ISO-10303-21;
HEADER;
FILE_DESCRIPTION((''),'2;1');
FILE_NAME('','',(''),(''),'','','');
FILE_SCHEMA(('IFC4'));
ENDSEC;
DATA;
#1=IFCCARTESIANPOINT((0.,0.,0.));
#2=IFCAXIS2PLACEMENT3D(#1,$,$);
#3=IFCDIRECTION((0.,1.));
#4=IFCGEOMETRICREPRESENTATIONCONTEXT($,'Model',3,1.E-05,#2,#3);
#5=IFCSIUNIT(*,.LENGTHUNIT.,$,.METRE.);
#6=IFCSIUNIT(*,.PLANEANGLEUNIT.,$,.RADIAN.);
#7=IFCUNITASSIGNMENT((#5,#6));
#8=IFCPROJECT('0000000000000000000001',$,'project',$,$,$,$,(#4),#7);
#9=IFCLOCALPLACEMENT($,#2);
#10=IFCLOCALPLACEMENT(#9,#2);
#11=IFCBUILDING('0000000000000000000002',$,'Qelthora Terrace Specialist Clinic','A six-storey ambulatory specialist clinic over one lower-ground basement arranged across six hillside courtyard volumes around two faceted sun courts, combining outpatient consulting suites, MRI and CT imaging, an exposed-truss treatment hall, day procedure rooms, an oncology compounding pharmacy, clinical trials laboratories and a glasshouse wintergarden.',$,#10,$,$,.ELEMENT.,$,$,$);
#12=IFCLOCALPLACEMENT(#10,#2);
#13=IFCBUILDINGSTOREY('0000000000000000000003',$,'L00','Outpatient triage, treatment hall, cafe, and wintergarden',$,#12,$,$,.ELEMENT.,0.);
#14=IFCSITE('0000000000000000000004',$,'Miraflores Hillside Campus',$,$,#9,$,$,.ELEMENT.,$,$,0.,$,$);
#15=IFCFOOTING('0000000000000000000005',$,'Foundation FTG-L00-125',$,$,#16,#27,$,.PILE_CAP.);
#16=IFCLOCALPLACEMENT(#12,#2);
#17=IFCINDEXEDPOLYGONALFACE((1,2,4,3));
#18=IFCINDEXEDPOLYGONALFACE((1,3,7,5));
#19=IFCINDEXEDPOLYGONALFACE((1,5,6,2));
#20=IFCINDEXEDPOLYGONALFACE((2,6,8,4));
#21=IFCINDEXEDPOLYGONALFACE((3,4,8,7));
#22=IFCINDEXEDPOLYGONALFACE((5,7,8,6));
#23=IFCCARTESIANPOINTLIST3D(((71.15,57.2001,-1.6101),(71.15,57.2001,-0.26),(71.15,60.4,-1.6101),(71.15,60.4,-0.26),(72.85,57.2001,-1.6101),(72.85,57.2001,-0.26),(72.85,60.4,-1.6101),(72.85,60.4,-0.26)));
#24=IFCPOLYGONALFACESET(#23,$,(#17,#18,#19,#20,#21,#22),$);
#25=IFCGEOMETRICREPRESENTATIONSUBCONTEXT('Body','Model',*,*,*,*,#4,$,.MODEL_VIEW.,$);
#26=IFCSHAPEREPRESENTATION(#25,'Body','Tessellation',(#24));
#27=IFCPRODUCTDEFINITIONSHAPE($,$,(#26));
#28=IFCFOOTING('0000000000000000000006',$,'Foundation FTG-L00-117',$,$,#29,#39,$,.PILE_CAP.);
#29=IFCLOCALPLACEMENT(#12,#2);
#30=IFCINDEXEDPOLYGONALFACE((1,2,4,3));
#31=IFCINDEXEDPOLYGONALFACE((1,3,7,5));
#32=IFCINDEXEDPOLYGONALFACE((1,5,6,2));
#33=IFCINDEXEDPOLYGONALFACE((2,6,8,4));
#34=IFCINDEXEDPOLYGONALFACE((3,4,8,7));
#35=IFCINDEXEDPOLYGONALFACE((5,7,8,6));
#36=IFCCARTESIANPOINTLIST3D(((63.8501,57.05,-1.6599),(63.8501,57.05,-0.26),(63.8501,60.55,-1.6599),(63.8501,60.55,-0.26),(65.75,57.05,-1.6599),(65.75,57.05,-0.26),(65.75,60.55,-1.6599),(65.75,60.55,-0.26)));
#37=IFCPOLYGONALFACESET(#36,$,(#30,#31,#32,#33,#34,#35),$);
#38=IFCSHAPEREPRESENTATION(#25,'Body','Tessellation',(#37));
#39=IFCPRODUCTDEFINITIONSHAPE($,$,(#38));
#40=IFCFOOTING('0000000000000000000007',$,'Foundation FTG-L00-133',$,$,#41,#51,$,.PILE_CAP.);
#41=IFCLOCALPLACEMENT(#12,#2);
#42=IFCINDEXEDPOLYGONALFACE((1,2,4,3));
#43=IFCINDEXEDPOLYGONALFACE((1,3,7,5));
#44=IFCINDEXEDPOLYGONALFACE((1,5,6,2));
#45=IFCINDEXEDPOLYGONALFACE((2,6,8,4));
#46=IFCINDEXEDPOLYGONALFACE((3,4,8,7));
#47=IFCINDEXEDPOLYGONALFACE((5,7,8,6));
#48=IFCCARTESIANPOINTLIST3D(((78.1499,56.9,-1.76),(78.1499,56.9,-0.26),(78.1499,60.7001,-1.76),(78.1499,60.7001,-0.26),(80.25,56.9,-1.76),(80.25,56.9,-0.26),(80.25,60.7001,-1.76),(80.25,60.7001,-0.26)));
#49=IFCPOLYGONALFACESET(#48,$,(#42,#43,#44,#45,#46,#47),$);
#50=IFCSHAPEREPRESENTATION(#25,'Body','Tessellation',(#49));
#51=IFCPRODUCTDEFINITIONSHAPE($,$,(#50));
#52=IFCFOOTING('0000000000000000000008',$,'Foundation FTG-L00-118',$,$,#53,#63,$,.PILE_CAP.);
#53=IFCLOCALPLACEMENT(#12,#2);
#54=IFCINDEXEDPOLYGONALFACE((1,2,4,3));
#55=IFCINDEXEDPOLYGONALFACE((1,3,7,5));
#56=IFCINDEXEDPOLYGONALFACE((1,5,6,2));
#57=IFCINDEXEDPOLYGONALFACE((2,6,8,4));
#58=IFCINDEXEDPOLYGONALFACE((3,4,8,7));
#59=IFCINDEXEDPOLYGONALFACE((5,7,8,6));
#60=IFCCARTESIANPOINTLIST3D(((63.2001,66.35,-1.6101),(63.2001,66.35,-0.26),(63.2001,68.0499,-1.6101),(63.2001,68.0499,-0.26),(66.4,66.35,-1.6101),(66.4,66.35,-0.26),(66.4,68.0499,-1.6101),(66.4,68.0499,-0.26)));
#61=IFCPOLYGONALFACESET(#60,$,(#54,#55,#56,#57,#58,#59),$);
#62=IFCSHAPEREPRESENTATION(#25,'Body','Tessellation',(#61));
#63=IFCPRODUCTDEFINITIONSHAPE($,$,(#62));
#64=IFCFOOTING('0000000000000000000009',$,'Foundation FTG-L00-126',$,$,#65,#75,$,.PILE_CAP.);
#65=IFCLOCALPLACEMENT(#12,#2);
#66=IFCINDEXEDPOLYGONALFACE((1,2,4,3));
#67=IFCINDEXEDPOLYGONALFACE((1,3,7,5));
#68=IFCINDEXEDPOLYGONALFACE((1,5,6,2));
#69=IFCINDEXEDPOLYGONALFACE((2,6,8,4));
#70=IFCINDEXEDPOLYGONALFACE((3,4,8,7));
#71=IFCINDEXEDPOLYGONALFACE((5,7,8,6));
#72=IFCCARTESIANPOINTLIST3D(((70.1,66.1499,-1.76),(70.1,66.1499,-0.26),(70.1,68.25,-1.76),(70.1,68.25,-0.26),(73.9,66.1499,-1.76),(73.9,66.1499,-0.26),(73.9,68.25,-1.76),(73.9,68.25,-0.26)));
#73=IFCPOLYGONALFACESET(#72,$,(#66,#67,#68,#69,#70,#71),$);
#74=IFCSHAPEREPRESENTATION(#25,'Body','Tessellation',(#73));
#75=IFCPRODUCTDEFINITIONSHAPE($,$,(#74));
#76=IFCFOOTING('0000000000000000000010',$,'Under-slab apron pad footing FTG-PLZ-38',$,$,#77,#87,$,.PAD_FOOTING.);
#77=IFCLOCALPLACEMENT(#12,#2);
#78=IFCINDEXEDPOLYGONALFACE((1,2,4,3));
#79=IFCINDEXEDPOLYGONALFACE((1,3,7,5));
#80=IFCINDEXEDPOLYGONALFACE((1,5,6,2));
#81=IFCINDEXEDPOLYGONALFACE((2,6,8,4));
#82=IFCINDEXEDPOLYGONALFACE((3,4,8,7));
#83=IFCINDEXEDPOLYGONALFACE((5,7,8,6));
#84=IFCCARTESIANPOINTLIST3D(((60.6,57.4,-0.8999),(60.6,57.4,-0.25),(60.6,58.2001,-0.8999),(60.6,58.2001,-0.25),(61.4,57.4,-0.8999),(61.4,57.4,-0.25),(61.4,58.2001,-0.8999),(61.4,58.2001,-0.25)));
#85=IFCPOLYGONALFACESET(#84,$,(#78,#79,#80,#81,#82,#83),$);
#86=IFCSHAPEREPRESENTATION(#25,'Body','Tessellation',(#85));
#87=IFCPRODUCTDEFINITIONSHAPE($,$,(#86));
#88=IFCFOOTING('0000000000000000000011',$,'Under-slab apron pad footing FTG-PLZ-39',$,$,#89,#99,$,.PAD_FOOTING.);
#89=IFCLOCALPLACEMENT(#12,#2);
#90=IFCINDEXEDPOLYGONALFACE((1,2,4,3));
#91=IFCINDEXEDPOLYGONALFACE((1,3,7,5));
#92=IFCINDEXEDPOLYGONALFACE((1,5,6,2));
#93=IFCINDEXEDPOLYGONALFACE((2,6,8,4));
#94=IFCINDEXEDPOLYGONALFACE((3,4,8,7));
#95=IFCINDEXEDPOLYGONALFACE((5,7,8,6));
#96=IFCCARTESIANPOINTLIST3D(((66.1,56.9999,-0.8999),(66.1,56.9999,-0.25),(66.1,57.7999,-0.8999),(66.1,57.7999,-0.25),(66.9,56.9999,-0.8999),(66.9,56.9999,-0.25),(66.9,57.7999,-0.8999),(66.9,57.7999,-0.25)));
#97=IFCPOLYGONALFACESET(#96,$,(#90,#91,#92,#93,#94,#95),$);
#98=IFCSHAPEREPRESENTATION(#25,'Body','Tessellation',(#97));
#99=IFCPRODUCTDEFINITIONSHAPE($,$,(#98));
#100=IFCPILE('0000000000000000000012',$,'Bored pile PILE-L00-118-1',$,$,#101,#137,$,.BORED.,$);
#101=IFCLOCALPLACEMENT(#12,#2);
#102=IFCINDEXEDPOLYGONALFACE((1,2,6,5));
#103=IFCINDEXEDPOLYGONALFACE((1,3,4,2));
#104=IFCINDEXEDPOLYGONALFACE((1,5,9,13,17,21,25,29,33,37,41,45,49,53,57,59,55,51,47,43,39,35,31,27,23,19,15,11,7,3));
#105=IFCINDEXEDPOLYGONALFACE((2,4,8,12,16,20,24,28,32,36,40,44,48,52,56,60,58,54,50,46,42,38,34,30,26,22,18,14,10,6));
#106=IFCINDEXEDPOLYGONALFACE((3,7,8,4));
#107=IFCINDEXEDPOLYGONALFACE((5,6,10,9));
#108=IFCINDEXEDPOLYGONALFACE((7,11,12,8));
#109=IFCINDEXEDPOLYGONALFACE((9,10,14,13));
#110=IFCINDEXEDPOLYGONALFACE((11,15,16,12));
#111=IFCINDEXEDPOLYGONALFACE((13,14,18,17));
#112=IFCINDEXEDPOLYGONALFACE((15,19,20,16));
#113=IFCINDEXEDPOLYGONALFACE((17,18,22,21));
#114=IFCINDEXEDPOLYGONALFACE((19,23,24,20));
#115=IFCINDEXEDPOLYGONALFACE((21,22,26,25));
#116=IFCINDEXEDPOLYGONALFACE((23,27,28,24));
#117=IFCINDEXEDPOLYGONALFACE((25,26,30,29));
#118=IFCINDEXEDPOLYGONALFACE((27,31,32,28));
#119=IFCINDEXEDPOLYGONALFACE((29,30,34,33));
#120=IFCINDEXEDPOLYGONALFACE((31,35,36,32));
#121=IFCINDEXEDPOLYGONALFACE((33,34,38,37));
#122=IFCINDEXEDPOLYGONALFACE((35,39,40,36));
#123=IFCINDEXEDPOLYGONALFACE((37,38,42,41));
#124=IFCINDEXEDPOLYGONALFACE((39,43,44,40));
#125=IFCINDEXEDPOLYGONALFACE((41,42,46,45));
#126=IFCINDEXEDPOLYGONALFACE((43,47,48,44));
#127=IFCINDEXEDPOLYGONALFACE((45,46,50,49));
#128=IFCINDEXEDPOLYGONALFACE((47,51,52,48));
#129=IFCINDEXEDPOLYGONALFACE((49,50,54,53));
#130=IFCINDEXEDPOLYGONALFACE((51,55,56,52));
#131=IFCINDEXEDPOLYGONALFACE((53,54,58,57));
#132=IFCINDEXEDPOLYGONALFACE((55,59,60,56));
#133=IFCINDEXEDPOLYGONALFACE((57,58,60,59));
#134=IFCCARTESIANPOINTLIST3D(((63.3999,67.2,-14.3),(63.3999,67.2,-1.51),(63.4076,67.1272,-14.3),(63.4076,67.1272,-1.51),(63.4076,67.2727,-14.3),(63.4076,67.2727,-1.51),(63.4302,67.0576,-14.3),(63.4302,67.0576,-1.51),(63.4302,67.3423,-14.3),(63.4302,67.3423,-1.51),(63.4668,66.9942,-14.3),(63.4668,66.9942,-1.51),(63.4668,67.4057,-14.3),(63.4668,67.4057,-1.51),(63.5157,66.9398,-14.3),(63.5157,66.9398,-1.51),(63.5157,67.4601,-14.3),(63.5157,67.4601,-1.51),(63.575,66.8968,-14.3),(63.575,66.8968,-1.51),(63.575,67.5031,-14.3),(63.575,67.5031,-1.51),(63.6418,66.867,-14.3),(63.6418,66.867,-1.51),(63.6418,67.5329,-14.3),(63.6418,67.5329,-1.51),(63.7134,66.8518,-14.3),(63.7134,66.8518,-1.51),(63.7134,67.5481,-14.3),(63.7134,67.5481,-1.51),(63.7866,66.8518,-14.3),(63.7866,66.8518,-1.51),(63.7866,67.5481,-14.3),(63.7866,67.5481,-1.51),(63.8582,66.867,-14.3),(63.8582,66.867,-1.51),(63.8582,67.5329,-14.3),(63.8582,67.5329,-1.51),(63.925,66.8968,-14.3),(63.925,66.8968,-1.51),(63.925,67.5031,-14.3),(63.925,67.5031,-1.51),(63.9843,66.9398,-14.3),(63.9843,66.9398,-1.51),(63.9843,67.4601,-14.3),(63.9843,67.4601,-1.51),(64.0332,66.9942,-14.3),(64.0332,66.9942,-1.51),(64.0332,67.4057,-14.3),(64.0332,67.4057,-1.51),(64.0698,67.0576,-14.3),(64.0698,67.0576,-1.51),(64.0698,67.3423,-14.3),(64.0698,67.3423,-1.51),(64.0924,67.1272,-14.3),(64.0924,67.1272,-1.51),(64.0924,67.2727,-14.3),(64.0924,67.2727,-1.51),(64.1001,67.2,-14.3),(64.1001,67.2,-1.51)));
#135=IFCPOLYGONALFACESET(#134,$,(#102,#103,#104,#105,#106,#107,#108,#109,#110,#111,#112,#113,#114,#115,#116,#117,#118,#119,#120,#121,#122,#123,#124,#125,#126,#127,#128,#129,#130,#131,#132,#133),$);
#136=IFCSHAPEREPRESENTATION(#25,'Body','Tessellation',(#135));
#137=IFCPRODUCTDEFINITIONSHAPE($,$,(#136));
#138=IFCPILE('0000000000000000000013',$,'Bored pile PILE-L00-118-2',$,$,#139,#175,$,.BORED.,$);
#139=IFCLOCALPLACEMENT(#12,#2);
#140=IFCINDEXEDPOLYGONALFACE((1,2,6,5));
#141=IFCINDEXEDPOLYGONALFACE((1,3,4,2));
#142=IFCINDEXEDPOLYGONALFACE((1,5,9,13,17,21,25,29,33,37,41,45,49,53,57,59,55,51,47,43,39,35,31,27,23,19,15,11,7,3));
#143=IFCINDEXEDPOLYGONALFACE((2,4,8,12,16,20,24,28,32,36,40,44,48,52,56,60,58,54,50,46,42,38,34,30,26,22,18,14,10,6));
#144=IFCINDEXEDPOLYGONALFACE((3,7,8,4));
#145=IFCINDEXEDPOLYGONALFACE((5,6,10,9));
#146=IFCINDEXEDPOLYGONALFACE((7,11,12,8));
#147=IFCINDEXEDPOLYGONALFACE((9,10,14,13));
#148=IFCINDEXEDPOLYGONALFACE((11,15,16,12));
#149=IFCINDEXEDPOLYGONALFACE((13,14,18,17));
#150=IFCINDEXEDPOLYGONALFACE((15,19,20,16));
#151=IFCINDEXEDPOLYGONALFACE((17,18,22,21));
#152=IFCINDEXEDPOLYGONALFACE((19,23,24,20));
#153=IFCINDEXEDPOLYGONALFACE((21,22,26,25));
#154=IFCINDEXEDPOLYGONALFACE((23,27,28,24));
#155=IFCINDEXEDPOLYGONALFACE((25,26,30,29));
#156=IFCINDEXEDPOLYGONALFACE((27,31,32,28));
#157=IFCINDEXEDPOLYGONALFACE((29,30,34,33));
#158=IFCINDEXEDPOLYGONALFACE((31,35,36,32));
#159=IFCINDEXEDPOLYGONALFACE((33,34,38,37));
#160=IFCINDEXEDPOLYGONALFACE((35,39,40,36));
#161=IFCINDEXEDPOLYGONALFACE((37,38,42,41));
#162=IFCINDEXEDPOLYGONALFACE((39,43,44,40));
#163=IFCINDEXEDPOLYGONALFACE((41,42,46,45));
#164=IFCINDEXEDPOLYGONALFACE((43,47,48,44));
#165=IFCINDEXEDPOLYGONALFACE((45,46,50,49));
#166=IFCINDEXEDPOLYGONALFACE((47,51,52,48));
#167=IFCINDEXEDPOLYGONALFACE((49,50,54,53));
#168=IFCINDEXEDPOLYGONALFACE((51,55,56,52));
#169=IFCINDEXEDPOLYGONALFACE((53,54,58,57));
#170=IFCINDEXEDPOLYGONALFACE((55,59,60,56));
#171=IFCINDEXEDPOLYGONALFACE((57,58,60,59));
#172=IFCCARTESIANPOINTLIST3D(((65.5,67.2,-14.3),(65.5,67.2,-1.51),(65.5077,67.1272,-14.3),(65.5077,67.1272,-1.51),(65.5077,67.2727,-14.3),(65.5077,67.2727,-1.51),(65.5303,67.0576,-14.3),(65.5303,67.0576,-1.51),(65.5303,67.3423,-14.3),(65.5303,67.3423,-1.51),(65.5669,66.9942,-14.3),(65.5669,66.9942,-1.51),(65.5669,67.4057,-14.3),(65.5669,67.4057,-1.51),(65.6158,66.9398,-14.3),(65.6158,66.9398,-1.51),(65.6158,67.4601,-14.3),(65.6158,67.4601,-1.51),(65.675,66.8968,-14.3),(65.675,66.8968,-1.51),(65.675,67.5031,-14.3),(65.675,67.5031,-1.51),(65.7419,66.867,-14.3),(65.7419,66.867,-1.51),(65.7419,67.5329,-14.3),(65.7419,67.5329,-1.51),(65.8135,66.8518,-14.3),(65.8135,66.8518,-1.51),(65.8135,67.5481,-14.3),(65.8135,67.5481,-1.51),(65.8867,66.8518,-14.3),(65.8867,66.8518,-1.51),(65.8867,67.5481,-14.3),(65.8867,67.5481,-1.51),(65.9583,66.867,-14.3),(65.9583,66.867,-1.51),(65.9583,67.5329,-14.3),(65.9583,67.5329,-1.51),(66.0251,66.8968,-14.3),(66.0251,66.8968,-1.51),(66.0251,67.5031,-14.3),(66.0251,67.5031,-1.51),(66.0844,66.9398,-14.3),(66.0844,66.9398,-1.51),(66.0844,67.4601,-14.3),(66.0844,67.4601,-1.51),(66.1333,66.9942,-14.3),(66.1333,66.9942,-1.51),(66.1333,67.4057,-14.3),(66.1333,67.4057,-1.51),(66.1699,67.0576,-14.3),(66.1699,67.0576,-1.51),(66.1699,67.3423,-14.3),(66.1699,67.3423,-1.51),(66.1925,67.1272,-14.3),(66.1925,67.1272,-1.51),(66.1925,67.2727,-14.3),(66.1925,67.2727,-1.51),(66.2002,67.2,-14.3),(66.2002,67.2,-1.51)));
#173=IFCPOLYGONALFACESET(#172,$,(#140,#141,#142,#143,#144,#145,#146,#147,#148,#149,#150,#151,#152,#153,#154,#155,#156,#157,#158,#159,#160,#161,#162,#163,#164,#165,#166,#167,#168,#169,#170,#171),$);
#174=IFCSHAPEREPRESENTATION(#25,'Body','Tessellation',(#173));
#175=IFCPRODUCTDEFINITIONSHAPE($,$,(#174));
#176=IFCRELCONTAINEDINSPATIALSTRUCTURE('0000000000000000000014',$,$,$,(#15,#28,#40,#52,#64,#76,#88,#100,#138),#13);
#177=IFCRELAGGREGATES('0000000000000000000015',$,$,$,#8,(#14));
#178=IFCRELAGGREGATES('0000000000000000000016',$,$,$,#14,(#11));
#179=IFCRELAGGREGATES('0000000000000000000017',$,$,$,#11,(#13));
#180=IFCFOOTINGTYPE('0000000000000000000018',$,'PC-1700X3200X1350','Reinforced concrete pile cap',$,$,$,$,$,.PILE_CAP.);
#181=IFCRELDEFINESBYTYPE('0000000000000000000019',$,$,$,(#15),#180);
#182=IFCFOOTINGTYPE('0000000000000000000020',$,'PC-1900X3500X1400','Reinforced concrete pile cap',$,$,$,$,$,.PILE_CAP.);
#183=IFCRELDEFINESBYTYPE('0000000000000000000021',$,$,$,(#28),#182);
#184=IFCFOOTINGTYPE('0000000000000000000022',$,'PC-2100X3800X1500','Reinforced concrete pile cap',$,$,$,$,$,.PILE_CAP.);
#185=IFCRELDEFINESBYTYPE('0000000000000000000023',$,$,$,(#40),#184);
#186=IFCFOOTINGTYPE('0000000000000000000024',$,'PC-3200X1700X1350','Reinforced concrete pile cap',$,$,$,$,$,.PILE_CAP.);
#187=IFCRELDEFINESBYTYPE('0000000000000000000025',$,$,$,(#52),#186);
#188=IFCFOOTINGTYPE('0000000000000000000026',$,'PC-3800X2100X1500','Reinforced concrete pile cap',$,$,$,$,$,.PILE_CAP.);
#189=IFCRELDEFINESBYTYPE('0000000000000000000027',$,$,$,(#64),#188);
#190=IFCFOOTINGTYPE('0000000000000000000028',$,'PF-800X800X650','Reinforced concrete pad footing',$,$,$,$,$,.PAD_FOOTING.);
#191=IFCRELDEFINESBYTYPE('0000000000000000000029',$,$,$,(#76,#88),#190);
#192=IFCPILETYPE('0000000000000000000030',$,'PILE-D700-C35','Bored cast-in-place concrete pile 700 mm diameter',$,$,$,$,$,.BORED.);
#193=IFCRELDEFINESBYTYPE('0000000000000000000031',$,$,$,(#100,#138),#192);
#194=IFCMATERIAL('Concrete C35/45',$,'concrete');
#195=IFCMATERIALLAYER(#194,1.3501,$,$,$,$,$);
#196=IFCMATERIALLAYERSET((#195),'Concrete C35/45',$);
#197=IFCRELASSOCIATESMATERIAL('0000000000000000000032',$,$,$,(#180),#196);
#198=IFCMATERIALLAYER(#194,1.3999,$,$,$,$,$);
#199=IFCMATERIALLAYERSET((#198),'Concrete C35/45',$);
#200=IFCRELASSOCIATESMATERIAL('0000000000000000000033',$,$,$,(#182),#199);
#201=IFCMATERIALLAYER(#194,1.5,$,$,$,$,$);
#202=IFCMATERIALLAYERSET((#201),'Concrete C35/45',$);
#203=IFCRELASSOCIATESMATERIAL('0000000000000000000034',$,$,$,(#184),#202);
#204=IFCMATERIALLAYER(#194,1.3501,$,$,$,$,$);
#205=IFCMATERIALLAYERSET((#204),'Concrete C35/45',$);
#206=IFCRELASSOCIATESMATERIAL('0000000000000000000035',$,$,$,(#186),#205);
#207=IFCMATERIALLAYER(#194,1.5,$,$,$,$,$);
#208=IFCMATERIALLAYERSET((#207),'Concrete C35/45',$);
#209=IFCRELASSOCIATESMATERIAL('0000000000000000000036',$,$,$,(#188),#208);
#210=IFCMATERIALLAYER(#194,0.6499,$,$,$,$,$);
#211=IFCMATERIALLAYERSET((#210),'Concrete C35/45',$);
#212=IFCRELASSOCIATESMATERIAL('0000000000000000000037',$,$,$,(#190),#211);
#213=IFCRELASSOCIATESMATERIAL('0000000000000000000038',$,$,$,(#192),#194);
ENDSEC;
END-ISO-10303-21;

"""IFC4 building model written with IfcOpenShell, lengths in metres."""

from ifc_helpers import new_model, si_unit, direction, frame, origin, origin_2d, place, context, subcontext, project, spatial, rectangle, circle, extrude, material, layer, layer_set, material_profile, profile_set, type_object, element, save


model = new_model("IFC4")

# Units and contexts
model_context = context("Model", 3, precision=1e-05, world=origin(), true_north=direction((0.0, 1.0)))
body_context = subcontext(model_context, "Body", "Model", "MODEL_VIEW")
ifc_project = project(units=[si_unit("LENGTHUNIT", "METRE"), si_unit("PLANEANGLEUNIT", "RADIAN")], contexts=[model_context])

# Site, building, storey
site_placement = place(None, origin())
site = spatial("IfcSite", under=ifc_project, at=site_placement, Name="Miraflores Hillside Campus", CompositionType="ELEMENT", RefElevation=0.0)
building_placement = place(site_placement, origin())
building = spatial("IfcBuilding", under=site, at=building_placement, Name="Qelthora Terrace Specialist Clinic", Description="A six-storey ambulatory specialist clinic over one lower-ground basement arranged across six hillside courtyard volumes around two faceted sun courts, combining outpatient consulting suites, MRI and CT imaging, an exposed-truss treatment hall, day procedure rooms, an oncology compounding pharmacy, clinical trials laboratories and a glasshouse wintergarden.", CompositionType="ELEMENT")
storey_placement = place(building_placement, origin())
storey = spatial("IfcBuildingStorey", under=building, at=storey_placement, Name="L00", Description="Outpatient triage, treatment hall, cafe, and wintergarden", CompositionType="ELEMENT", Elevation=0.0)

# Footings
ifc_material_1 = material(Name="Concrete C35/45", Category="concrete")
ifc_layer_1 = layer(ifc_material_1, 1.3501)
ifc_layer_set_1 = layer_set([ifc_layer_1], Name="Concrete C35/45")
footing_type_1 = type_object("IfcFootingType", Name="PC-1700X3200X1350", Description="Reinforced concrete pile cap", PredefinedType="PILE_CAP", material=ifc_layer_set_1)
footing_1_placement = place(storey_placement, frame((72.0, 58.8, -1.6101), z_axis=(0.0, 0.0, 1.0), x_axis=(1.0, 0.0, 0.0)))
element("IfcFooting", 1, at=footing_1_placement, inside=storey, type_object=footing_type_1, Name="Foundation FTG-L00-125", PredefinedType="PILE_CAP", context=body_context, shape_type="SweptSolid", body=[
    extrude(rectangle(XDim=1.7, YDim=3.2, at=origin_2d()), origin(), (0.0, 0.0, 1.0), 1.3501),
])
ifc_layer_2 = layer(ifc_material_1, 1.3999)
ifc_layer_set_2 = layer_set([ifc_layer_2], Name="Concrete C35/45")
footing_type_2 = type_object("IfcFootingType", Name="PC-1900X3500X1400", Description="Reinforced concrete pile cap", PredefinedType="PILE_CAP", material=ifc_layer_set_2)
footing_2_placement = place(storey_placement, frame((64.8, 58.8, -1.6599), z_axis=(0.0, 0.0, 1.0), x_axis=(1.0, 0.0, 0.0)))
element("IfcFooting", 2, at=footing_2_placement, inside=storey, type_object=footing_type_2, Name="Foundation FTG-L00-117", PredefinedType="PILE_CAP", context=body_context, shape_type="SweptSolid", body=[
    extrude(rectangle(XDim=1.8999, YDim=3.5, at=origin_2d()), origin(), (0.0, 0.0, 1.0), 1.3999),
])
ifc_layer_3 = layer(ifc_material_1, 1.5)
ifc_layer_set_3 = layer_set([ifc_layer_3], Name="Concrete C35/45")
footing_type_3 = type_object("IfcFootingType", Name="PC-2100X3800X1500", Description="Reinforced concrete pile cap", PredefinedType="PILE_CAP", material=ifc_layer_set_3)
footing_3_placement = place(storey_placement, frame((79.2, 58.8, -1.76), z_axis=(0.0, 0.0, 1.0), x_axis=(1.0, 0.0, 0.0)))
element("IfcFooting", 3, at=footing_3_placement, inside=storey, type_object=footing_type_3, Name="Foundation FTG-L00-133", PredefinedType="PILE_CAP", context=body_context, shape_type="SweptSolid", body=[
    extrude(rectangle(XDim=2.1001, YDim=3.8, at=origin_2d()), origin(), (0.0, 0.0, 1.0), 1.5),
])
ifc_layer_4 = layer(ifc_material_1, 1.3501)
ifc_layer_set_4 = layer_set([ifc_layer_4], Name="Concrete C35/45")
footing_type_4 = type_object("IfcFootingType", Name="PC-3200X1700X1350", Description="Reinforced concrete pile cap", PredefinedType="PILE_CAP", material=ifc_layer_set_4)
footing_4_placement = place(storey_placement, frame((64.8, 67.2, -1.6101), z_axis=(0.0, 0.0, 1.0), x_axis=(1.0, 0.0, 0.0)))
element("IfcFooting", 4, at=footing_4_placement, inside=storey, type_object=footing_type_4, Name="Foundation FTG-L00-118", PredefinedType="PILE_CAP", context=body_context, shape_type="SweptSolid", body=[
    extrude(rectangle(XDim=3.2, YDim=1.7, at=origin_2d()), origin(), (0.0, 0.0, 1.0), 1.3501),
])
ifc_layer_5 = layer(ifc_material_1, 1.5)
ifc_layer_set_5 = layer_set([ifc_layer_5], Name="Concrete C35/45")
footing_type_5 = type_object("IfcFootingType", Name="PC-3800X2100X1500", Description="Reinforced concrete pile cap", PredefinedType="PILE_CAP", material=ifc_layer_set_5)
footing_5_placement = place(storey_placement, frame((72.0, 67.2, -1.76), z_axis=(0.0, 0.0, 1.0), x_axis=(1.0, 0.0, 0.0)))
element("IfcFooting", 5, at=footing_5_placement, inside=storey, type_object=footing_type_5, Name="Foundation FTG-L00-126", PredefinedType="PILE_CAP", context=body_context, shape_type="SweptSolid", body=[
    extrude(rectangle(XDim=3.8, YDim=2.1001, at=origin_2d()), origin(), (0.0, 0.0, 1.0), 1.5),
])
ifc_layer_6 = layer(ifc_material_1, 0.6499)
ifc_layer_set_6 = layer_set([ifc_layer_6], Name="Concrete C35/45")
footing_type_6 = type_object("IfcFootingType", Name="PF-800X800X650", Description="Reinforced concrete pad footing", PredefinedType="PAD_FOOTING", material=ifc_layer_set_6)
for number, where, z_axis, x_axis, name in (
    (6, (61.0, 57.8, -0.8999), (0.0, 0.0, 1.0), (1.0, 0.0, 0.0), "Under-slab apron pad footing FTG-PLZ-38"),
    (7, (66.5, 57.3999, -0.8999), (0.0, 0.0, 1.0), (1.0, 0.0, 0.0), "Under-slab apron pad footing FTG-PLZ-39"),
):
    element("IfcFooting", number, at=place(storey_placement, frame(where, z_axis=z_axis, x_axis=x_axis)), inside=storey, type_object=footing_type_6, Name=name, PredefinedType="PAD_FOOTING", context=body_context, shape_type="SweptSolid", body=[
        extrude(rectangle(XDim=0.8, YDim=0.8, at=origin_2d()), origin(), (0.0, 0.0, 1.0), 0.6499),
    ])

# Piles
ifc_material_profile_1 = material_profile(ifc_material_1, circle(Radius=0.3501, at=origin_2d()), Name="PILE700")
ifc_profile_set_1 = profile_set([ifc_material_profile_1], Name="Concrete C35/45")
pile_type_1 = type_object("IfcPileType", Name="PILE-D700-C35", Description="Bored cast-in-place concrete pile 700 mm diameter", PredefinedType="BORED", material=ifc_profile_set_1)
for number, where, z_axis, x_axis, name in (
    (8, (63.75, 67.2, -1.51), (0.0, 0.0, -1.0), (1.0, 0.0, 0.0), "Bored pile PILE-L00-118-1"),
    (9, (65.8501, 67.2, -1.51), (0.0, 0.0, -1.0), (1.0, 0.0, 0.0), "Bored pile PILE-L00-118-2"),
):
    element("IfcPile", number, at=place(storey_placement, frame(where, z_axis=z_axis, x_axis=x_axis)), inside=storey, type_object=pile_type_1, Name=name, PredefinedType="BORED", context=body_context, shape_type="SweptSolid", body=[
        extrude(circle(Radius=0.3501, at=origin_2d()), origin(), (0.0, 0.0, 1.0), 12.79),
    ])

save(model, "model.ifc")
